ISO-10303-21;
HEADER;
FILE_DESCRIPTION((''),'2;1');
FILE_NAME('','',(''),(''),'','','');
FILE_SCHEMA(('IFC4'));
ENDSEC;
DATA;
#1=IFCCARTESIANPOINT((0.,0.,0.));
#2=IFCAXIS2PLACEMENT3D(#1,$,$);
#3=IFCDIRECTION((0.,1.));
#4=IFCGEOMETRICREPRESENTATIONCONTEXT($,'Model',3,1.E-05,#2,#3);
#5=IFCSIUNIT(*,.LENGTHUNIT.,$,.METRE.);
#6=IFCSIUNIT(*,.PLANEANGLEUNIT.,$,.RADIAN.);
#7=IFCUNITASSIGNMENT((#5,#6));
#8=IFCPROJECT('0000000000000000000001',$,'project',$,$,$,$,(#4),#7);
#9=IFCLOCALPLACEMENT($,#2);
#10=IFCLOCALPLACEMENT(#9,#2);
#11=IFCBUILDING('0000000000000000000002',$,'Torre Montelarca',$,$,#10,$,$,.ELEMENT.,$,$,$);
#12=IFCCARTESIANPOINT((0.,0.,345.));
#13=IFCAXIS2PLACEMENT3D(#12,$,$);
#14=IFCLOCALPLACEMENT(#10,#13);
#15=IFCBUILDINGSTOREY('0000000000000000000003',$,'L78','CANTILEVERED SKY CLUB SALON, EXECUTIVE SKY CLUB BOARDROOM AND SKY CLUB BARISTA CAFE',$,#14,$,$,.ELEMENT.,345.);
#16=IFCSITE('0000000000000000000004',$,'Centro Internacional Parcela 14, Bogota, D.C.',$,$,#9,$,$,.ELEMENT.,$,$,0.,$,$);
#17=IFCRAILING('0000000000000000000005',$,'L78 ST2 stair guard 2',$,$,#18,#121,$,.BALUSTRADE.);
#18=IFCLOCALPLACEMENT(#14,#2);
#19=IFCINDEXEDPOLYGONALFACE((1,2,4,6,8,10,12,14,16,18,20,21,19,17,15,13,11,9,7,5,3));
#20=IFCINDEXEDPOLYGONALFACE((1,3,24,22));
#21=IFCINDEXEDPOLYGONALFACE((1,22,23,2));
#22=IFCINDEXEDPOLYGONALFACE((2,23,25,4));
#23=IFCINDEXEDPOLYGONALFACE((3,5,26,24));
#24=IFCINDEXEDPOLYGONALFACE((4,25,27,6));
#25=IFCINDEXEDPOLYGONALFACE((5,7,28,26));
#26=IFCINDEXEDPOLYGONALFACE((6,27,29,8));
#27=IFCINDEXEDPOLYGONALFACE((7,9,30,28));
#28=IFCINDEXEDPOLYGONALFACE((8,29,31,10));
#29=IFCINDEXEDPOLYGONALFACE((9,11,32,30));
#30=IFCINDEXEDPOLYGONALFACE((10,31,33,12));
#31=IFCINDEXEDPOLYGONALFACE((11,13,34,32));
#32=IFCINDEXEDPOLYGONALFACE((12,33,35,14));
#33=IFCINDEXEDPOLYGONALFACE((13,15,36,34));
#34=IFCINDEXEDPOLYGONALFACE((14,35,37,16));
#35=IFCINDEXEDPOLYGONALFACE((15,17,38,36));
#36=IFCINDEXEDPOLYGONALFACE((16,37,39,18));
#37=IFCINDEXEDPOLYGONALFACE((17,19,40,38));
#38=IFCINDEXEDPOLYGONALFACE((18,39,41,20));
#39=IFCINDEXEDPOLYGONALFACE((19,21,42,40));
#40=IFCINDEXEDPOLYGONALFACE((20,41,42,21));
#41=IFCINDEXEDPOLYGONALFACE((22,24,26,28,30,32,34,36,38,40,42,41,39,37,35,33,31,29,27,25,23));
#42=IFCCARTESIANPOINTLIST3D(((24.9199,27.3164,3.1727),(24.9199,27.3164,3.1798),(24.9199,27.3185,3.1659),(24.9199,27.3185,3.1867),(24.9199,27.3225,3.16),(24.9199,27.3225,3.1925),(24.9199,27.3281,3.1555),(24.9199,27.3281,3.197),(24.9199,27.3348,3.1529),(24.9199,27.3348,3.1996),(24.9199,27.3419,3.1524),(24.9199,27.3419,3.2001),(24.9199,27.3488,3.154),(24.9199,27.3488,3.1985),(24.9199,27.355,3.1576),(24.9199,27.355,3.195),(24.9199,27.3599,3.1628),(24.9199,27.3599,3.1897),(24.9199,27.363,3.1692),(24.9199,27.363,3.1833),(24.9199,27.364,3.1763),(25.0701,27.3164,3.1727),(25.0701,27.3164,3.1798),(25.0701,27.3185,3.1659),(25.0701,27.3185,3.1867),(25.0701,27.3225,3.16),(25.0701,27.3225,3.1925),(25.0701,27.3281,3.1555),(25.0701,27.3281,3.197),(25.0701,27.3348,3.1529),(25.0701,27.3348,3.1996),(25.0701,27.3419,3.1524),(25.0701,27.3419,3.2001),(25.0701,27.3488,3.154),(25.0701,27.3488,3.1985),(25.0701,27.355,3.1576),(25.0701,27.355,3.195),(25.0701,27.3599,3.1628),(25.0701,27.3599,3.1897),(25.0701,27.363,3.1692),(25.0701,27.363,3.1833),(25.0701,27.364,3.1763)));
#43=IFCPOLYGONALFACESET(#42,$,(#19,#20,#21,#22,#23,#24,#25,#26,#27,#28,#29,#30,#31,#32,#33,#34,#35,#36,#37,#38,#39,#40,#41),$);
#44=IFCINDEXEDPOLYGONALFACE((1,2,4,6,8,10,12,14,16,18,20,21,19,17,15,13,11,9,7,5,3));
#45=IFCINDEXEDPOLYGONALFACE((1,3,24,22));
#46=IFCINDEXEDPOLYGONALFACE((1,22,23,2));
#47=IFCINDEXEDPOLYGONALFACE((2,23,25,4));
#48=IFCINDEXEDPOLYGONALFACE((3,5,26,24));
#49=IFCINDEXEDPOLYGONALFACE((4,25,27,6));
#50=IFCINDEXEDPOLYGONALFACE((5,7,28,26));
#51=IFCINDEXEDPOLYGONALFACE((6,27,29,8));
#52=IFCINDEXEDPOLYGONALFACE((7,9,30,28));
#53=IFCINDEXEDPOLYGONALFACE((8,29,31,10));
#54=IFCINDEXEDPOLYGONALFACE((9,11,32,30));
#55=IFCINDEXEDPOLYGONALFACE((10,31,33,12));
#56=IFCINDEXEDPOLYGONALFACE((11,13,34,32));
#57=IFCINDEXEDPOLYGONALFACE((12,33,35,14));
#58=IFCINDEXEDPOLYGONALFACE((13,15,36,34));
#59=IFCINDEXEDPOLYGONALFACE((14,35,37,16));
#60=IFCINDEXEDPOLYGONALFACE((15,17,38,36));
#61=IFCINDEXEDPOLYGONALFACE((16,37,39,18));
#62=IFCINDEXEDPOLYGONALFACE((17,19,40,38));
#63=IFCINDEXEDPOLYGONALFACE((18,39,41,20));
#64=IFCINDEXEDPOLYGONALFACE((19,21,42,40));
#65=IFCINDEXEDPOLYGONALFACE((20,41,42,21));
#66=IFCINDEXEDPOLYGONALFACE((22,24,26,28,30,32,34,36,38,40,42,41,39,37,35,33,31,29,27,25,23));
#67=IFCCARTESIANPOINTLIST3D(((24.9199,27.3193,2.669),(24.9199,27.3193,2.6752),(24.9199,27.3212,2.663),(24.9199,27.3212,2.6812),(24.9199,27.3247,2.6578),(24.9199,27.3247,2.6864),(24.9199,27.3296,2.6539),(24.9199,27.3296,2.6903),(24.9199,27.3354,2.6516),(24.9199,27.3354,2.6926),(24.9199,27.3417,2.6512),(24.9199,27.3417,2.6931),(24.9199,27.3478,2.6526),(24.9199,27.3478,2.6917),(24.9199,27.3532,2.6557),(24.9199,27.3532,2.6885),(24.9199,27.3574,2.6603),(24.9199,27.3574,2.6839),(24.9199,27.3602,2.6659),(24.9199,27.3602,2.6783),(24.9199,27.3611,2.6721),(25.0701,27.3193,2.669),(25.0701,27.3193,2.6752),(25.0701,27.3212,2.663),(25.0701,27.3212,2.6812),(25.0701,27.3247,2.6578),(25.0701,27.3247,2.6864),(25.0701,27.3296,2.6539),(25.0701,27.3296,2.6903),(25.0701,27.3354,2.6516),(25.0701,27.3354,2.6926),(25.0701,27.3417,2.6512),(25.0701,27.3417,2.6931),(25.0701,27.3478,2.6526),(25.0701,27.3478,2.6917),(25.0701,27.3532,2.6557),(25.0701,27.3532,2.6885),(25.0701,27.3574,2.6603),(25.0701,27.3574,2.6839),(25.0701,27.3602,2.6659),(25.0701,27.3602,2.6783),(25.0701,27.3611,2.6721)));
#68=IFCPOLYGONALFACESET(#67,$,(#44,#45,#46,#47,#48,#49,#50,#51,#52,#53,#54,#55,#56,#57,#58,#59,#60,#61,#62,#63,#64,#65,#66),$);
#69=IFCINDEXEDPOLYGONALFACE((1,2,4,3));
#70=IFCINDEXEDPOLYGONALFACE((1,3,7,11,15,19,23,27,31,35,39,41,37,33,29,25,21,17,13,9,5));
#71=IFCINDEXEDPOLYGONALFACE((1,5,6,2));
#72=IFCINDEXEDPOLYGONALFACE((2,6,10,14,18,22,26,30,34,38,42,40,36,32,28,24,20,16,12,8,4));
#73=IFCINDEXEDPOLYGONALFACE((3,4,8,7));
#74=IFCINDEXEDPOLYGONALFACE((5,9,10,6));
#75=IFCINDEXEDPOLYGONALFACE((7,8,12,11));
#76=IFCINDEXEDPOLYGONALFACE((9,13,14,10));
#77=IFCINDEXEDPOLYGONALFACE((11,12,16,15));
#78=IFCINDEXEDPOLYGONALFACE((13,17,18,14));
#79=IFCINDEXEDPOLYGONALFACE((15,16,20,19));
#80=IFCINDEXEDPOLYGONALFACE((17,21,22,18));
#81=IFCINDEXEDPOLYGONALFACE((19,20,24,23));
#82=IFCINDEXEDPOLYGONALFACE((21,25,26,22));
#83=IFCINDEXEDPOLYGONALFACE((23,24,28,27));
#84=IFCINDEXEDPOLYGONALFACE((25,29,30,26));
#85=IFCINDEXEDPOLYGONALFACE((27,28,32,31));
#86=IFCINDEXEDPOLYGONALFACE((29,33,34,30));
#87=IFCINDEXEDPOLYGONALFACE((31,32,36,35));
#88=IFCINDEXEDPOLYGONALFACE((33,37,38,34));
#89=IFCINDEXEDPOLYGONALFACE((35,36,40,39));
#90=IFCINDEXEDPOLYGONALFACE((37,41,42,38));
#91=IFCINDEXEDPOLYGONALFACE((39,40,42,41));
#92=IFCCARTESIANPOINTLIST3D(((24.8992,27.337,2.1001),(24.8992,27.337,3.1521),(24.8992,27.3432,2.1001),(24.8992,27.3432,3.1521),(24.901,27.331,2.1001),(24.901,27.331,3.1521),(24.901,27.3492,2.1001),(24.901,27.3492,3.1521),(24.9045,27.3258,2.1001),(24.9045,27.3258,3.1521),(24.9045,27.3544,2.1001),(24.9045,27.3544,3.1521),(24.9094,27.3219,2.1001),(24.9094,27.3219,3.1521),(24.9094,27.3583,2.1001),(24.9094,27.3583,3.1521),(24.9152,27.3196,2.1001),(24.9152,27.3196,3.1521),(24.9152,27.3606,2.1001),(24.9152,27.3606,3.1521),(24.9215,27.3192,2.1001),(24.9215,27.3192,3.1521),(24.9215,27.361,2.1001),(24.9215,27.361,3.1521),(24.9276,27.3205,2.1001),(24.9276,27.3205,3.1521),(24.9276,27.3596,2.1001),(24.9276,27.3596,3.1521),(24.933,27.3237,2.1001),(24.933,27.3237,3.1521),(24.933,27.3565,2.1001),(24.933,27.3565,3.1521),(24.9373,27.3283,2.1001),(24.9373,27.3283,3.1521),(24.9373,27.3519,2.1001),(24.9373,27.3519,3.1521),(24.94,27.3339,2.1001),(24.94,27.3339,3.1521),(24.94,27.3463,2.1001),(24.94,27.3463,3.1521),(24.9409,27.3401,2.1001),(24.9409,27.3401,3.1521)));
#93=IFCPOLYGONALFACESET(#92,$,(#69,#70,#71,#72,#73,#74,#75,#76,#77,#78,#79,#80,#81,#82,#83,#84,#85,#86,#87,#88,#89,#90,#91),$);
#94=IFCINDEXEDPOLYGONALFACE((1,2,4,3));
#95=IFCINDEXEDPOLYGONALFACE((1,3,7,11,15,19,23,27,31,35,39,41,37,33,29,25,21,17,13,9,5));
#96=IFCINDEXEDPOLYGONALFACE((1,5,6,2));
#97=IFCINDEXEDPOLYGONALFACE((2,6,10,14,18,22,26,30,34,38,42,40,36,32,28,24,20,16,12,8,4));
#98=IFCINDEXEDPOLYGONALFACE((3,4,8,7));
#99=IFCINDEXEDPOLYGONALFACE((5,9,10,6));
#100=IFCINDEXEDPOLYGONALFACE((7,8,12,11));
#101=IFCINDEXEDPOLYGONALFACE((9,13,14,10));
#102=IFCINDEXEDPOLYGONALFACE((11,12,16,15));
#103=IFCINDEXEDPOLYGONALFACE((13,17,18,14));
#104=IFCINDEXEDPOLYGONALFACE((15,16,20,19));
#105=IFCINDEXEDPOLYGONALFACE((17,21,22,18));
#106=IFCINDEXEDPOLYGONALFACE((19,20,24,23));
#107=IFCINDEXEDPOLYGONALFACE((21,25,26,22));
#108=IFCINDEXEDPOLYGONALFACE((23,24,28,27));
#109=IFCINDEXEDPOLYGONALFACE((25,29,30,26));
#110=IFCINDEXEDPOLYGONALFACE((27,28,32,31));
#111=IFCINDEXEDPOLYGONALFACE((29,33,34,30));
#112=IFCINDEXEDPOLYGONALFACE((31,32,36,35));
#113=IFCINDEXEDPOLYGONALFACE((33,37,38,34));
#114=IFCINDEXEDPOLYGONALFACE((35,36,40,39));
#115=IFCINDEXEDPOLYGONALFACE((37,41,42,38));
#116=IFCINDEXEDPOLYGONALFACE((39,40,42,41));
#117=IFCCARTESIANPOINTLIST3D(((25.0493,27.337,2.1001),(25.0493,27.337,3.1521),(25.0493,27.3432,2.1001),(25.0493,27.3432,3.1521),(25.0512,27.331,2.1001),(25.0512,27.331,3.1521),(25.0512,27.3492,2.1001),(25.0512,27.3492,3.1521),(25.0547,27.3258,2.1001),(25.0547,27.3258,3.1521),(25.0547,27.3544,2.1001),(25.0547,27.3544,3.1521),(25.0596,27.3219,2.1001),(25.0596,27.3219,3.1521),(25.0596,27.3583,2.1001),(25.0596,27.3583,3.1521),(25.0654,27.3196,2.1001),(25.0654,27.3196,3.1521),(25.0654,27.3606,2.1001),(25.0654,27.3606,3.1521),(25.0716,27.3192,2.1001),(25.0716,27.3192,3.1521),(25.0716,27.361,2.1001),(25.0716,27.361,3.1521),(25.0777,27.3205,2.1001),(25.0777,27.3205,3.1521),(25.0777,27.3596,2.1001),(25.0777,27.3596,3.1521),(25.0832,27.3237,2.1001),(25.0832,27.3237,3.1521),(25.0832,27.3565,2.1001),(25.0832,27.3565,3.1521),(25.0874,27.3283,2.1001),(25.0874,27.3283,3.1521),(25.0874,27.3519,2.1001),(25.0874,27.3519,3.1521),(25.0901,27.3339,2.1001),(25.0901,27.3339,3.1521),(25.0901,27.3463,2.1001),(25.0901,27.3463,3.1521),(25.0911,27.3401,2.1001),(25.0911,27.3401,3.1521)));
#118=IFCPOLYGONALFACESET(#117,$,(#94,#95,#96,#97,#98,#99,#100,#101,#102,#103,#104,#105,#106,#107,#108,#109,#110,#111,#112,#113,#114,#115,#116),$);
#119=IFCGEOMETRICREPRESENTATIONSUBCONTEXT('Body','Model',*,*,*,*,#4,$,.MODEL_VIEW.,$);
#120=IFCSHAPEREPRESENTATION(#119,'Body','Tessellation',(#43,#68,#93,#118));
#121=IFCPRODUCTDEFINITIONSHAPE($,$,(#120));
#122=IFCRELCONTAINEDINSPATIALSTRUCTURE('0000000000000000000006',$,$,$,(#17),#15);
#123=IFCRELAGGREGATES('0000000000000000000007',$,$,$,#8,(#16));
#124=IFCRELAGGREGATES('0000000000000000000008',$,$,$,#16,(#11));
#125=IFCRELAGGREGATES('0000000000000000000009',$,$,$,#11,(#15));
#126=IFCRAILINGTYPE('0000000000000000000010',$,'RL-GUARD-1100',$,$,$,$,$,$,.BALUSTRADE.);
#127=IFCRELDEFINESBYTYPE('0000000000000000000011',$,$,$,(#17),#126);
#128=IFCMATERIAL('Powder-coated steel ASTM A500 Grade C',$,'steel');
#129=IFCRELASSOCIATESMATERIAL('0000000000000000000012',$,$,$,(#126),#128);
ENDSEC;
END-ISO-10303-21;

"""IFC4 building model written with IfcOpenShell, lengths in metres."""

from ifc_helpers import new_model, si_unit, direction, frame, origin, origin_2d, place, context, subcontext, project, spatial, circle, extrude, material, type_object, element, save


model = new_model("IFC4")

# Units and contexts
model_context = context("Model", 3, precision=1e-05, world=origin(), true_north=direction((0.0, 1.0)))
body_context = subcontext(model_context, "Body", "Model", "MODEL_VIEW")
ifc_project = project(units=[si_unit("LENGTHUNIT", "METRE"), si_unit("PLANEANGLEUNIT", "RADIAN")], contexts=[model_context])

# Site, building, storey
site_placement = place(None, origin())
site = spatial("IfcSite", under=ifc_project, at=site_placement, Name="Centro Internacional Parcela 14, Bogota, D.C.", CompositionType="ELEMENT", RefElevation=0.0)
building_placement = place(site_placement, origin())
building = spatial("IfcBuilding", under=site, at=building_placement, Name="Torre Montelarca", CompositionType="ELEMENT")
storey_placement = place(building_placement, frame((0.0, 0.0, 345.0)))
storey = spatial("IfcBuildingStorey", under=building, at=storey_placement, Name="L78", Description="CANTILEVERED SKY CLUB SALON, EXECUTIVE SKY CLUB BOARDROOM AND SKY CLUB BARISTA CAFE", CompositionType="ELEMENT", Elevation=345.0)

# Railing
ifc_material_1 = material(Name="Powder-coated steel ASTM A500 Grade C", Category="steel")
railing_type_1 = type_object("IfcRailingType", Name="RL-GUARD-1100", PredefinedType="BALUSTRADE", material=ifc_material_1)
railing_1_placement = place(storey_placement, frame((24.9199, 27.3401, 2.1001)))
element("IfcRailing", 1, at=railing_1_placement, inside=storey, type_object=railing_type_1, Name="L78 ST2 stair guard 2", PredefinedType="BALUSTRADE", context=body_context, shape_type="SweptSolid", body=[
    extrude(circle(Radius=0.0239, at=origin_2d()), frame((0.0, 0.0, 1.0762), z_axis=(1.0, 0.0, 0.0), x_axis=(0.0, 1.0, 0.0)), (0.0, 0.0, 1.0), 0.1501),
    extrude(circle(Radius=0.021, at=origin_2d()), frame((0.0, 0.0, 0.572), z_axis=(1.0, 0.0, 0.0), x_axis=(0.0, 1.0, 0.0)), (0.0, 0.0, 1.0), 0.1501),
    extrude(circle(Radius=0.021, at=origin_2d()), origin(), (0.0, 0.0, 1.0), 1.052),
    extrude(circle(Radius=0.021, at=origin_2d()), frame((0.1501, 0.0, 0.0)), (0.0, 0.0, 1.0), 1.052),
])

save(model, "model.ifc")
